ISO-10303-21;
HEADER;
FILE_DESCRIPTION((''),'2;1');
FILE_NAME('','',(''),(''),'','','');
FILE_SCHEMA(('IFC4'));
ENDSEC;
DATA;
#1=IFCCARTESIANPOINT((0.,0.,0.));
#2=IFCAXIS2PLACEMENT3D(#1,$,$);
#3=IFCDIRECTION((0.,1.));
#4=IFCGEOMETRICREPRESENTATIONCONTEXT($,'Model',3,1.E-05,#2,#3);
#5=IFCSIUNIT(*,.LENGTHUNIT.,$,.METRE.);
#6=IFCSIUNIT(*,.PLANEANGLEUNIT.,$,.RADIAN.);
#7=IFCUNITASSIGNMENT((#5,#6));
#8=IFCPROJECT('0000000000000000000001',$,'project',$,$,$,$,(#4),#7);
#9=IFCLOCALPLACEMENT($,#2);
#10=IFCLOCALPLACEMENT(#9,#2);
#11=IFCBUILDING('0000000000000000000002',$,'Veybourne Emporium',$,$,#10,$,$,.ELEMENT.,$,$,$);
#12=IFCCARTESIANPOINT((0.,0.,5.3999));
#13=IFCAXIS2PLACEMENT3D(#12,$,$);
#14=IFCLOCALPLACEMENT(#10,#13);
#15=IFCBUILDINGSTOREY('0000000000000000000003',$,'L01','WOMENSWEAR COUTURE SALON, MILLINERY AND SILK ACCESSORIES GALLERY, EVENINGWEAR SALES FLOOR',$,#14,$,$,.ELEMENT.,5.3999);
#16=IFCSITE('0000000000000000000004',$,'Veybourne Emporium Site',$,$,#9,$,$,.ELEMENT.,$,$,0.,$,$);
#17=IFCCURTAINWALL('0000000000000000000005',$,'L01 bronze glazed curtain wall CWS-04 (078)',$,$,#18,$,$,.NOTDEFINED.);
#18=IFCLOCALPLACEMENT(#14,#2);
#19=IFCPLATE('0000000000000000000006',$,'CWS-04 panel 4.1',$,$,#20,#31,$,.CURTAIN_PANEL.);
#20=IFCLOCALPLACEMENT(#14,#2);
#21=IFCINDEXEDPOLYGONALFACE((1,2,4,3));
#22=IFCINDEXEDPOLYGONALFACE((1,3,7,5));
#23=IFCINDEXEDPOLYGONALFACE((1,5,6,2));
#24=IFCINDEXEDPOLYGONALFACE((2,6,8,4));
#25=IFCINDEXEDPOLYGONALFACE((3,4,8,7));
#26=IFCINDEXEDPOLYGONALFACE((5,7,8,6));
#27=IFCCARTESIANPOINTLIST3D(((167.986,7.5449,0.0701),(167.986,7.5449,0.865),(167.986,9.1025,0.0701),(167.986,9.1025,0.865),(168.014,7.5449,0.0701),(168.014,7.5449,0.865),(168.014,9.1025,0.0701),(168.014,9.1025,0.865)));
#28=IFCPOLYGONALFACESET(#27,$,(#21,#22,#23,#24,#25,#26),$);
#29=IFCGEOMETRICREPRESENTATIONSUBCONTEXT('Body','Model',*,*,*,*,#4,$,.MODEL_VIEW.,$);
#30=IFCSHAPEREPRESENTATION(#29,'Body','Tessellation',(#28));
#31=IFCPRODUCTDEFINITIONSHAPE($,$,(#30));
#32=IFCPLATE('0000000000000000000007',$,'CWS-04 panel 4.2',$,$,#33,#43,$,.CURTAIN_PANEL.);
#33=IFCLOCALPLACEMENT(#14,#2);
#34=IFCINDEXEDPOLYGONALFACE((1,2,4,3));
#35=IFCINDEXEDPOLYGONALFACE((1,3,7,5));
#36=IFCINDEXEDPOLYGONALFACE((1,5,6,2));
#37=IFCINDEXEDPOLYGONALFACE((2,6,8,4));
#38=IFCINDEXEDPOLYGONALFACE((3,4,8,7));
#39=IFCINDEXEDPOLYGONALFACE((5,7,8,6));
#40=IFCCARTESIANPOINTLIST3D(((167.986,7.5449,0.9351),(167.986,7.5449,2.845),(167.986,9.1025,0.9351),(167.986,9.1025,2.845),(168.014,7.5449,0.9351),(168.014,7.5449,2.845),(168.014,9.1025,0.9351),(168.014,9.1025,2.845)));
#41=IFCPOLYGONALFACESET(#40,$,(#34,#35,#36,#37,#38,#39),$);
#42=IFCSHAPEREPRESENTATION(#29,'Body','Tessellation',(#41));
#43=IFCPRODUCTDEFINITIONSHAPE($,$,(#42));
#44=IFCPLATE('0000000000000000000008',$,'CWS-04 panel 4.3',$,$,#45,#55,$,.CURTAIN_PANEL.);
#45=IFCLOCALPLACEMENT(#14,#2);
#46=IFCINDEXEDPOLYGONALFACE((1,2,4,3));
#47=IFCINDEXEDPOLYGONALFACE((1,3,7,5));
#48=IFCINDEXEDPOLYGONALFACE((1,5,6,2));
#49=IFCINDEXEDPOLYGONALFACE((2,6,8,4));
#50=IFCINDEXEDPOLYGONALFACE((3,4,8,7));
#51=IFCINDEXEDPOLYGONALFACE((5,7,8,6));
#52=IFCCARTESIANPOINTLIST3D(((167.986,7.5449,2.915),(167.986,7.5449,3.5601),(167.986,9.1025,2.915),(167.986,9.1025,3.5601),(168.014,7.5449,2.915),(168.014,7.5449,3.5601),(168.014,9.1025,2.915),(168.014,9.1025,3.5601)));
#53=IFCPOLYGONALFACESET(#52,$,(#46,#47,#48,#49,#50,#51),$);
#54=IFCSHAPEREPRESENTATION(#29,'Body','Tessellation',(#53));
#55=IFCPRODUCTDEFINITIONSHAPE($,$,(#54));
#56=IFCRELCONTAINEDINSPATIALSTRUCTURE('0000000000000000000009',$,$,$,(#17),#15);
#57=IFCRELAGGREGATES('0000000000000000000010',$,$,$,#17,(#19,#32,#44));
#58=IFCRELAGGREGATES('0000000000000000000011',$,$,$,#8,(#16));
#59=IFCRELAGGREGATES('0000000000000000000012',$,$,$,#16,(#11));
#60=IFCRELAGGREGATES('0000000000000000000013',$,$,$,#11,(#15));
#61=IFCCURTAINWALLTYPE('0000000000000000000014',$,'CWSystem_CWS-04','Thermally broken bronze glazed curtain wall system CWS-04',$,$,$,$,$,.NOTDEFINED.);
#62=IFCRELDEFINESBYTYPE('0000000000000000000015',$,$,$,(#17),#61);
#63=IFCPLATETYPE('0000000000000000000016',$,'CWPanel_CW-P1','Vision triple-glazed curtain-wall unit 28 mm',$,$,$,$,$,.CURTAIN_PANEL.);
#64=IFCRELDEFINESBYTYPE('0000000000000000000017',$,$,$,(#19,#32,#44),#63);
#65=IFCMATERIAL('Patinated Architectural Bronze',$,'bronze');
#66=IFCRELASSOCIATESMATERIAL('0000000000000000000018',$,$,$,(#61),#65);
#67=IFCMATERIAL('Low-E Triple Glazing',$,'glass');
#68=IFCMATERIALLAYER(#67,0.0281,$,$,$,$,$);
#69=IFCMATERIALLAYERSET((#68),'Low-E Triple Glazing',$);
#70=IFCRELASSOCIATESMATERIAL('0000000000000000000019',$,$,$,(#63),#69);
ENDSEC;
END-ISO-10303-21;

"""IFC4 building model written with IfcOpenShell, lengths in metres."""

from ifc_helpers import new_model, si_unit, direction, frame, origin, origin_2d, place, context, subcontext, project, spatial, rectangle, extrude, material, layer, layer_set, type_object, element, aggregate, save


model = new_model("IFC4")

# Units and contexts
model_context = context("Model", 3, precision=1e-05, world=origin(), true_north=direction((0.0, 1.0)))
body_context = subcontext(model_context, "Body", "Model", "MODEL_VIEW")
ifc_project = project(units=[si_unit("LENGTHUNIT", "METRE"), si_unit("PLANEANGLEUNIT", "RADIAN")], contexts=[model_context])

# Site, building, storey
site_placement = place(None, origin())
site = spatial("IfcSite", under=ifc_project, at=site_placement, Name="Veybourne Emporium Site", CompositionType="ELEMENT", RefElevation=0.0)
building_placement = place(site_placement, origin())
building = spatial("IfcBuilding", under=site, at=building_placement, Name="Veybourne Emporium", CompositionType="ELEMENT")
storey_placement = place(building_placement, frame((0.0, 0.0, 5.3999)))
storey = spatial("IfcBuildingStorey", under=building, at=storey_placement, Name="L01", Description="WOMENSWEAR COUTURE SALON, MILLINERY AND SILK ACCESSORIES GALLERY, EVENINGWEAR SALES FLOOR", CompositionType="ELEMENT", Elevation=5.3999)

# Shared definitions
ifc_material_1 = material(Name="Patinated Architectural Bronze", Category="bronze")

# Curtain wall
curtain_wall_type_1 = type_object("IfcCurtainWallType", Name="CWSystem_CWS-04", Description="Thermally broken bronze glazed curtain wall system CWS-04", PredefinedType="NOTDEFINED", material=ifc_material_1)
curtain_wall_1_placement = place(storey_placement, origin())
curtain_wall_1 = element("IfcCurtainWall", 1, at=curtain_wall_1_placement, inside=storey, type_object=curtain_wall_type_1, Name="L01 bronze glazed curtain wall CWS-04 (078)", PredefinedType="NOTDEFINED")

# Plates
ifc_material_2 = material(Name="Low-E Triple Glazing", Category="glass")
ifc_layer = layer(ifc_material_2, 0.0281)
ifc_layer_set = layer_set([ifc_layer], Name="Low-E Triple Glazing")
plate_type = type_object("IfcPlateType", Name="CWPanel_CW-P1", Description="Vision triple-glazed curtain-wall unit 28 mm", PredefinedType="CURTAIN_PANEL", material=ifc_layer_set)
plate_1_placement = place(storey_placement, frame((168.0, 8.3237, 0.0701), z_axis=(0.0, 0.0, 1.0), x_axis=(0.0, -1.0, 0.0)))
plate_1 = element("IfcPlate", 2, at=plate_1_placement, type_object=plate_type, Name="CWS-04 panel 4.1", PredefinedType="CURTAIN_PANEL", context=body_context, shape_type="SweptSolid", body=[
    extrude(rectangle(XDim=1.5576, YDim=0.0281, at=origin_2d()), origin(), (0.0, 0.0, 1.0), 0.7949),
])
plate_2_placement = place(storey_placement, frame((168.0, 8.3237, 0.9351), z_axis=(0.0, 0.0, 1.0), x_axis=(0.0, -1.0, 0.0)))
plate_2 = element("IfcPlate", 3, at=plate_2_placement, type_object=plate_type, Name="CWS-04 panel 4.2", PredefinedType="CURTAIN_PANEL", context=body_context, shape_type="SweptSolid", body=[
    extrude(rectangle(XDim=1.5576, YDim=0.0281, at=origin_2d()), origin(), (0.0, 0.0, 1.0), 1.9099),
])
plate_3_placement = place(storey_placement, frame((168.0, 8.3237, 2.915), z_axis=(0.0, 0.0, 1.0), x_axis=(0.0, -1.0, 0.0)))
plate_3 = element("IfcPlate", 4, at=plate_3_placement, type_object=plate_type, Name="CWS-04 panel 4.3", PredefinedType="CURTAIN_PANEL", context=body_context, shape_type="SweptSolid", body=[
    extrude(rectangle(XDim=1.5576, YDim=0.0281, at=origin_2d()), origin(), (0.0, 0.0, 1.0), 0.645),
])
aggregate(curtain_wall_1, [plate_1, plate_2, plate_3])

save(model, "model.ifc")
